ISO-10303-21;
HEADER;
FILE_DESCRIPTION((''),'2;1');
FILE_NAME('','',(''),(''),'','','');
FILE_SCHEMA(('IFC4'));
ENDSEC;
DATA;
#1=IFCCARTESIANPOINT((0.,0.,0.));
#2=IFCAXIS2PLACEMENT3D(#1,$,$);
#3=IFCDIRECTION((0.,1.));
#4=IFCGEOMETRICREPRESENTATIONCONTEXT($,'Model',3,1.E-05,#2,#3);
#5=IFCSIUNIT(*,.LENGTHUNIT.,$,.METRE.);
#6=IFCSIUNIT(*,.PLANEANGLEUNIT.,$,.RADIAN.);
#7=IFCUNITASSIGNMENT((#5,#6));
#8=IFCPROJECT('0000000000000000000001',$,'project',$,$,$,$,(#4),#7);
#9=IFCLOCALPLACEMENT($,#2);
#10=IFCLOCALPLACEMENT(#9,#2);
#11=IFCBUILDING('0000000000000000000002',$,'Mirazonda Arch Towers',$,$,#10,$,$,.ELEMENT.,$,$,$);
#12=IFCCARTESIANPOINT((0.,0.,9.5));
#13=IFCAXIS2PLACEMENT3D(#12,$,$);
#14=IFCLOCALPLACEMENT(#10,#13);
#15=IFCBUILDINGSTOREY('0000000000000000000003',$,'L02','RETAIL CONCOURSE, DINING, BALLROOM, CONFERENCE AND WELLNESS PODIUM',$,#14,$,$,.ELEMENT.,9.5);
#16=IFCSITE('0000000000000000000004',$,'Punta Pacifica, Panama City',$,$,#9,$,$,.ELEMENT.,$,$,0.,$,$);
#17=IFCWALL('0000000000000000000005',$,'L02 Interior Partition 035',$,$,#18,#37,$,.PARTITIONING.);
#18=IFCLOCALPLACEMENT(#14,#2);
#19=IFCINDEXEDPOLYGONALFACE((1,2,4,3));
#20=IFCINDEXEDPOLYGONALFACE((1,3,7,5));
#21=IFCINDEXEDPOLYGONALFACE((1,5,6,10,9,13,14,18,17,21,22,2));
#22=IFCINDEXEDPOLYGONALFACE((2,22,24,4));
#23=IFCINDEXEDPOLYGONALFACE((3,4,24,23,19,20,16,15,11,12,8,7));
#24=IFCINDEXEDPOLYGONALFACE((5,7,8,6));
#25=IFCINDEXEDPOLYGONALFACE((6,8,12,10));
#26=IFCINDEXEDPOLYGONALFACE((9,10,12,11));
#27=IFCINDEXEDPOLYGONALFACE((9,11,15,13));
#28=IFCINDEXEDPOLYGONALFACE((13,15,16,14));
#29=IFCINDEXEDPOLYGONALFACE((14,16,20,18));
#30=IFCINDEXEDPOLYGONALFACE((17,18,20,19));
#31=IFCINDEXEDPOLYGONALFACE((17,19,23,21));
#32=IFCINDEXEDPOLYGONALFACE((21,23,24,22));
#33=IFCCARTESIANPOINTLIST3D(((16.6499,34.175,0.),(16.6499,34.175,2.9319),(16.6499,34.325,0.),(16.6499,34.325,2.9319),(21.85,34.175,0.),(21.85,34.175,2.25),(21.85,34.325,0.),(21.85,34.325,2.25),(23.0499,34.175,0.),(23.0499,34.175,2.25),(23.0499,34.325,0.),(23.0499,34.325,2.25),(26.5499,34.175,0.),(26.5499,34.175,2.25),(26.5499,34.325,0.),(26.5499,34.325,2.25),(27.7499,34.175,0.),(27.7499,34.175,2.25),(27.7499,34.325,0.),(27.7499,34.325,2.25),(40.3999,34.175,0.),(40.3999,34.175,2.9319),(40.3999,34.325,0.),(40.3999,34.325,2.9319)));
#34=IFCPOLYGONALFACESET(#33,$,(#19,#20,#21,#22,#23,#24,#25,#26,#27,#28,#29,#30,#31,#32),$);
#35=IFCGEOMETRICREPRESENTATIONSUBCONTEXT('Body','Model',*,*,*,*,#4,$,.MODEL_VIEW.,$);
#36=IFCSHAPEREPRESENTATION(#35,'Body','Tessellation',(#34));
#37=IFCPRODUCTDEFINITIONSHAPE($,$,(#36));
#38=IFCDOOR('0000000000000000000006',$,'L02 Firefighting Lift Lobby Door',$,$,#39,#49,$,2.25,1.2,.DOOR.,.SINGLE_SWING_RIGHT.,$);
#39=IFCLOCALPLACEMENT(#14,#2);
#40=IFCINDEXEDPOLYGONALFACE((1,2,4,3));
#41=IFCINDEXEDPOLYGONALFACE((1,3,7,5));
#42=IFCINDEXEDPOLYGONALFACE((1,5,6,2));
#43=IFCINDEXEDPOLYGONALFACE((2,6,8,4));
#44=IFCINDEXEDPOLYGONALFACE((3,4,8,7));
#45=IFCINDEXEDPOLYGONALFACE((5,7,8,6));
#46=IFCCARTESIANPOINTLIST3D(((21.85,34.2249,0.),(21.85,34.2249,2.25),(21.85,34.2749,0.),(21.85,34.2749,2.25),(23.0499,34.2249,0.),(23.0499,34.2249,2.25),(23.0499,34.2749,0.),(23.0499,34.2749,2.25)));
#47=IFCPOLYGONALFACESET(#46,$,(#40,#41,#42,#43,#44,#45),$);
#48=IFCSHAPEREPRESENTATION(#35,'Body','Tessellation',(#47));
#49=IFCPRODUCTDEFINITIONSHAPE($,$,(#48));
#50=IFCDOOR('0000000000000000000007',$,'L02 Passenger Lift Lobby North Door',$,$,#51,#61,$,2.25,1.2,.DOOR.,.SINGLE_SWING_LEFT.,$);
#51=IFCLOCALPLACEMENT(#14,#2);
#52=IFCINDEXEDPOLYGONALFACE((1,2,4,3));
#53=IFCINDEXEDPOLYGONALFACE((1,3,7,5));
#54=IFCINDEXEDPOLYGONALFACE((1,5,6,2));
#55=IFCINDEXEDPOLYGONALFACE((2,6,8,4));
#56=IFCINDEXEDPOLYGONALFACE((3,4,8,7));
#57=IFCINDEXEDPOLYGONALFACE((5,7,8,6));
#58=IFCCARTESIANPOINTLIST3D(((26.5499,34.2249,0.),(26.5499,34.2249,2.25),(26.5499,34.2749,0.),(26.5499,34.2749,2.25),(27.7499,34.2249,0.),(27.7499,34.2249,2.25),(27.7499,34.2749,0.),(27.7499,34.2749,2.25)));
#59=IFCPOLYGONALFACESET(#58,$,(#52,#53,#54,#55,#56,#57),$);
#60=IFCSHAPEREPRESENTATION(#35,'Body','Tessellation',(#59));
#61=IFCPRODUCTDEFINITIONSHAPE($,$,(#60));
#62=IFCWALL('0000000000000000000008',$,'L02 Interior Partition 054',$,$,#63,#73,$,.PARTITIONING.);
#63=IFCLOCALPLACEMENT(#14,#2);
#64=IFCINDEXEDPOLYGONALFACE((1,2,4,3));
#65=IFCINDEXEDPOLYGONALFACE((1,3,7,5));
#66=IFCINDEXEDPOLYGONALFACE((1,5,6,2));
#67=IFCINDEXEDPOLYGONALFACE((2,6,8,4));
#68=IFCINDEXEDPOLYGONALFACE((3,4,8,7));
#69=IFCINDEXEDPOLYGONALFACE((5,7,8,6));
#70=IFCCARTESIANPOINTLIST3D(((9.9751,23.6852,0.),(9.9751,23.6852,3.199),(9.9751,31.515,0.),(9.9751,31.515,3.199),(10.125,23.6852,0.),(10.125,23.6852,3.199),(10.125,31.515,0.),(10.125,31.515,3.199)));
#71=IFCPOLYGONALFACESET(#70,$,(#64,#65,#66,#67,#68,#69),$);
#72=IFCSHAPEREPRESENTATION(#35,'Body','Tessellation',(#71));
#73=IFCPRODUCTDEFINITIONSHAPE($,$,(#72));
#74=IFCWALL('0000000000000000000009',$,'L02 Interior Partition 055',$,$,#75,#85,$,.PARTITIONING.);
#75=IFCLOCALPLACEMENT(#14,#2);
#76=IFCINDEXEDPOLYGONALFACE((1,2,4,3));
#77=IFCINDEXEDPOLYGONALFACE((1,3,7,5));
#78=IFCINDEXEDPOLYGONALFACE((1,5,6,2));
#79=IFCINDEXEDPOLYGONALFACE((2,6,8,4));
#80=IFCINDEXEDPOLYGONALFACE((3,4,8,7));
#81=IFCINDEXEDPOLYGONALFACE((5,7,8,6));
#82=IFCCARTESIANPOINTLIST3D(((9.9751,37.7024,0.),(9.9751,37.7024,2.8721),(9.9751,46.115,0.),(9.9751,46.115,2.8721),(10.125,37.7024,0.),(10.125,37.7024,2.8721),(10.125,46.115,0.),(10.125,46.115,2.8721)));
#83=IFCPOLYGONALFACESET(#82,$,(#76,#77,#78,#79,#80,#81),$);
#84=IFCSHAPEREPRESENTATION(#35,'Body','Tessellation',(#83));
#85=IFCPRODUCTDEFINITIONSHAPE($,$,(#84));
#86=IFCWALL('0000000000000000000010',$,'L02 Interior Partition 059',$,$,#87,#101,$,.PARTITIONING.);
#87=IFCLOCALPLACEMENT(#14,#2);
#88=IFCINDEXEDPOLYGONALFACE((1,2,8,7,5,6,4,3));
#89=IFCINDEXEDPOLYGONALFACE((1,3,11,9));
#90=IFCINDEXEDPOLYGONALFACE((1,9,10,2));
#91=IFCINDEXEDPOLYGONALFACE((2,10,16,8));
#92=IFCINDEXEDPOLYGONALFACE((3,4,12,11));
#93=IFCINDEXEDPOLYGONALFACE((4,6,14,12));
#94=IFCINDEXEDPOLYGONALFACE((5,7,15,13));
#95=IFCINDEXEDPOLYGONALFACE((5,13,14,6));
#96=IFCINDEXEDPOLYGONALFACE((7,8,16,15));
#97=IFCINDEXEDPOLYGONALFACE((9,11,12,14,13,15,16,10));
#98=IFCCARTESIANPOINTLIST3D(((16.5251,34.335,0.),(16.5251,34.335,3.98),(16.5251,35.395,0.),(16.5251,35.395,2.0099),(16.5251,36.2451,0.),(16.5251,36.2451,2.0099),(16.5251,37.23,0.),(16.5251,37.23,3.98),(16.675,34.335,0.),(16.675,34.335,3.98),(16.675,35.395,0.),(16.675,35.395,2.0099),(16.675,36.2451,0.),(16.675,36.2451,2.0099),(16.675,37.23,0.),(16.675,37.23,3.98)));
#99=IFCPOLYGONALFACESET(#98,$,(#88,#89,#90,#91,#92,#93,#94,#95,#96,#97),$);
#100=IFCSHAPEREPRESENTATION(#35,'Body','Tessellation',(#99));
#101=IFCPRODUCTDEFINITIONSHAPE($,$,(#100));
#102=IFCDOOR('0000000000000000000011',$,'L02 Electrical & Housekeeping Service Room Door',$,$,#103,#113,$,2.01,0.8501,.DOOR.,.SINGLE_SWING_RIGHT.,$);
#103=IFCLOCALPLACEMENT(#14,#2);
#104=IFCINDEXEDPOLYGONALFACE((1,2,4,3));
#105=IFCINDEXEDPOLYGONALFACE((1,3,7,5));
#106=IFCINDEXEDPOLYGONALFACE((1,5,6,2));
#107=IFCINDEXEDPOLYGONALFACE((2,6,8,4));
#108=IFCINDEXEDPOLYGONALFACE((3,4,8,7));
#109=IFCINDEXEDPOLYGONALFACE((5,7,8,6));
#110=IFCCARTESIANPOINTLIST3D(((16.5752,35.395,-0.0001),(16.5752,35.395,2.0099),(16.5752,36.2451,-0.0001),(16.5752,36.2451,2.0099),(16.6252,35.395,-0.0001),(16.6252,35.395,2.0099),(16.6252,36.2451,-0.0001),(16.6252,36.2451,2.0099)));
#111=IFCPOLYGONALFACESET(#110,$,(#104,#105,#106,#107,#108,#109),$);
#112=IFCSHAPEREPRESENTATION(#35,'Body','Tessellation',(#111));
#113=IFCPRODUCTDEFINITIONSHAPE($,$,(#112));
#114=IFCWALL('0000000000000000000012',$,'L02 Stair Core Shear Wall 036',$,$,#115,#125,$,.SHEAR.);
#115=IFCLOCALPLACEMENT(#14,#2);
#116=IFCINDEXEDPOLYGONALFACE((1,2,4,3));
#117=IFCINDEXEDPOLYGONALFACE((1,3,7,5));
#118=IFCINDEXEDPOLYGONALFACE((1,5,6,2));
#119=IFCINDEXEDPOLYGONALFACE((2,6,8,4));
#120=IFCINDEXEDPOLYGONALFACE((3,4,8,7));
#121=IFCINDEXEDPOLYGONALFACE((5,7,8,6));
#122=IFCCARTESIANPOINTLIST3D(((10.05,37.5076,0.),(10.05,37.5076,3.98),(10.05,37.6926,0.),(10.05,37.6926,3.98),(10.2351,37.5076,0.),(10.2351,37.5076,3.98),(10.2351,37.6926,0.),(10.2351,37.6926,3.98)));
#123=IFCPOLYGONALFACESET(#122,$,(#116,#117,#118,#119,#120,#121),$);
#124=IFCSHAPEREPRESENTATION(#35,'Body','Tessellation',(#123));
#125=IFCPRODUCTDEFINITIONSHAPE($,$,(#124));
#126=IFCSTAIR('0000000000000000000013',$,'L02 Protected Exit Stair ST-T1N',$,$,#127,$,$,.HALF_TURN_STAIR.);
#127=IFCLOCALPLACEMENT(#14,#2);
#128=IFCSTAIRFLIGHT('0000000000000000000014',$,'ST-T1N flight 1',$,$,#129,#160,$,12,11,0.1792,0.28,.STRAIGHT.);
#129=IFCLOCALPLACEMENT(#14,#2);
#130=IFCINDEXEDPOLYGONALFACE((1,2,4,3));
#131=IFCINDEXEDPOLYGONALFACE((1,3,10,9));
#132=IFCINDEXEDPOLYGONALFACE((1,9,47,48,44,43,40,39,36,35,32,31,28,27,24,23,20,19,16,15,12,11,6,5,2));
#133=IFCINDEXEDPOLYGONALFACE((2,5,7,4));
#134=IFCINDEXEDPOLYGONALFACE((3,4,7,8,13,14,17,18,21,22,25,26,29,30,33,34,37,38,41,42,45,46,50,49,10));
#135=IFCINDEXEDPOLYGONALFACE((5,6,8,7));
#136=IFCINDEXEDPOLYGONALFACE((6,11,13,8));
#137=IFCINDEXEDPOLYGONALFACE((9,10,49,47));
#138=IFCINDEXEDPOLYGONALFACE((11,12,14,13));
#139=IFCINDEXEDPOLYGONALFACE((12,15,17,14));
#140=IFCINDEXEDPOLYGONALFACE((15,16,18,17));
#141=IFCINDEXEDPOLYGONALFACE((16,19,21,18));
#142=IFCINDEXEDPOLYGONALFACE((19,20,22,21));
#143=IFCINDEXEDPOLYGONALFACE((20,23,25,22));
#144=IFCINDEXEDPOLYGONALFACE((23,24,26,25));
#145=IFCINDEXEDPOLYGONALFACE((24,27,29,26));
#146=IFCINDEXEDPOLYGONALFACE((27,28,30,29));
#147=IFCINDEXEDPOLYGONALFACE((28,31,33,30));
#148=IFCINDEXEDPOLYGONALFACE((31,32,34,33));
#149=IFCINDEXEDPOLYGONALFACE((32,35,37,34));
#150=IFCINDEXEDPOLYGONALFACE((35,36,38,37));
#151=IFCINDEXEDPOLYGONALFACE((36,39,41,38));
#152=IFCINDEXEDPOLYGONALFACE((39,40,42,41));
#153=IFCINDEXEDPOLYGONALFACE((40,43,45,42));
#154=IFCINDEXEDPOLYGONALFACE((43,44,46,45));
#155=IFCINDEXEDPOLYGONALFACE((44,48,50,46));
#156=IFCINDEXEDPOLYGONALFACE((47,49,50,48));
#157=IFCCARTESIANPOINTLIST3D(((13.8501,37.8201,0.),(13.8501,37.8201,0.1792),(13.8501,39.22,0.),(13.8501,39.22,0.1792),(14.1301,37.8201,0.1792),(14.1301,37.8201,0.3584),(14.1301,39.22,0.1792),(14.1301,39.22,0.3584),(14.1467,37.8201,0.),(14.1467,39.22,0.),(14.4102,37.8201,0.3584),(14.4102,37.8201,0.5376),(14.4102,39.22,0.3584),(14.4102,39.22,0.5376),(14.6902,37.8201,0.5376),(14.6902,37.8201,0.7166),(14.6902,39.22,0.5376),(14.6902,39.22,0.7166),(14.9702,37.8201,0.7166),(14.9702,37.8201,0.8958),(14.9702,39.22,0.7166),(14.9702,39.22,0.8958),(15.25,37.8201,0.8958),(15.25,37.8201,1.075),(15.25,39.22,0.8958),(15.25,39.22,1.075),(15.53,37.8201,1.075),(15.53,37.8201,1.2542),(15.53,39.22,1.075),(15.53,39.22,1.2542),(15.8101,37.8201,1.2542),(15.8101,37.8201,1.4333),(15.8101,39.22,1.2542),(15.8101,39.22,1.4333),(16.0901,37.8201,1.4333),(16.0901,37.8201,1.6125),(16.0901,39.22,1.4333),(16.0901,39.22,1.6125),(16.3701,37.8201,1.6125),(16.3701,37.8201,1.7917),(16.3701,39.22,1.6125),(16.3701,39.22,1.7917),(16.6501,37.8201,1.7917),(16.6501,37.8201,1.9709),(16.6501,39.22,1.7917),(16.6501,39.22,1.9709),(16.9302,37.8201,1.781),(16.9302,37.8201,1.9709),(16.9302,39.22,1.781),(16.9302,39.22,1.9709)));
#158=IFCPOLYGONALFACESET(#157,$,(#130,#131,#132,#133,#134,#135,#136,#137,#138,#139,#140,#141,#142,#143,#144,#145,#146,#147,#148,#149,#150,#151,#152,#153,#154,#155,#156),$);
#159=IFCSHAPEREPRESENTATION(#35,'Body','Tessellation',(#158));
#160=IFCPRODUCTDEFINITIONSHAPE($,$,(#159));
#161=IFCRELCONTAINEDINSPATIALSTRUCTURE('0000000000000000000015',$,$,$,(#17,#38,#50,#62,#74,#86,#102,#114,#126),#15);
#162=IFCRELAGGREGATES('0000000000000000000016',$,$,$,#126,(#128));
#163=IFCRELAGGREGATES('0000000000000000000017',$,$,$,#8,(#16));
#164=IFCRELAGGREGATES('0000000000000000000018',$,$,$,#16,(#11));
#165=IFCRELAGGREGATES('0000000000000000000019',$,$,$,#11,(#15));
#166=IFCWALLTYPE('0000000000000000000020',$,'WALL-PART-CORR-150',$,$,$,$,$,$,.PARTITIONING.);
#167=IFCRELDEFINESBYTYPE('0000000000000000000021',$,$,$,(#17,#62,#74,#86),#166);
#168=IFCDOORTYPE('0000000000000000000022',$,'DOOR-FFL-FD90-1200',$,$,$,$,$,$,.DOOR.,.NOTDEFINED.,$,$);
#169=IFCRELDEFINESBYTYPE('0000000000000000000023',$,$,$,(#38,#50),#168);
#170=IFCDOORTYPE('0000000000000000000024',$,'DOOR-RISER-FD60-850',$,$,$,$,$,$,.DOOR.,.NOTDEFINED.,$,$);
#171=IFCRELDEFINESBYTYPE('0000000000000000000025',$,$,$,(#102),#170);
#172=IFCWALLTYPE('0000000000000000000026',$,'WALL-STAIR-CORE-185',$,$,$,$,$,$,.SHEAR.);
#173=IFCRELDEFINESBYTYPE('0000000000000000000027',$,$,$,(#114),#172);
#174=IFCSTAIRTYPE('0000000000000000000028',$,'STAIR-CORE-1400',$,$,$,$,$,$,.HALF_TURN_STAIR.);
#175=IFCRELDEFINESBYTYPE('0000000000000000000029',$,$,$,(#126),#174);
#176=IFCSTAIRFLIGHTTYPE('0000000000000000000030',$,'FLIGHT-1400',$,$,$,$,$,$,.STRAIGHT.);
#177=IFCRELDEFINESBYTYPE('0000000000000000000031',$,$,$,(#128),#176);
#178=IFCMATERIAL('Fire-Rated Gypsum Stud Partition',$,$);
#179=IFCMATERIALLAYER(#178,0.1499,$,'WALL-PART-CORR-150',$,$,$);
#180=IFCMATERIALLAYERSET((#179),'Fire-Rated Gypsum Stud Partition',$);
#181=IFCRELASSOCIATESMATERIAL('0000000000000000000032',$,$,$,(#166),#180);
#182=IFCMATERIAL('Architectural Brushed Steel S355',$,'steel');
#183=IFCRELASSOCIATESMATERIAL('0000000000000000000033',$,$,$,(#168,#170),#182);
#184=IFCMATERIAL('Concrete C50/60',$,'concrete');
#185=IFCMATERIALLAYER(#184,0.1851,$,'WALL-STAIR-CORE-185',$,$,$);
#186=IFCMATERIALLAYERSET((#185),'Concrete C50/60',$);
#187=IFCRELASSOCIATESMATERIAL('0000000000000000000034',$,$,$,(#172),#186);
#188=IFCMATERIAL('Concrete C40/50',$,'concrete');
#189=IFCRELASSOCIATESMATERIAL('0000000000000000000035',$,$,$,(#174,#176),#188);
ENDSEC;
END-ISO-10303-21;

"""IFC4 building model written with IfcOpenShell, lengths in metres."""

from ifc_helpers import new_model, si_unit, direction, frame, frame_2d, origin, place, context, subcontext, project, spatial, polyline, rectangle, outline, extrude, material, layer, layer_set, type_object, element, fill, aggregate, save


model = new_model("IFC4")

# Units and contexts
model_context = context("Model", 3, precision=1e-05, world=origin(), true_north=direction((0.0, 1.0)))
body_context = subcontext(model_context, "Body", "Model", "MODEL_VIEW")
ifc_project = project(units=[si_unit("LENGTHUNIT", "METRE"), si_unit("PLANEANGLEUNIT", "RADIAN")], contexts=[model_context])

# Site, building, storey
site_placement = place(None, origin())
site = spatial("IfcSite", under=ifc_project, at=site_placement, Name="Punta Pacifica, Panama City", CompositionType="ELEMENT", RefElevation=0.0)
building_placement = place(site_placement, origin())
building = spatial("IfcBuilding", under=site, at=building_placement, Name="Mirazonda Arch Towers", CompositionType="ELEMENT")
storey_placement = place(building_placement, frame((0.0, 0.0, 9.5)))
storey = spatial("IfcBuildingStorey", under=building, at=storey_placement, Name="L02", Description="RETAIL CONCOURSE, DINING, BALLROOM, CONFERENCE AND WELLNESS PODIUM", CompositionType="ELEMENT", Elevation=9.5)

# Shared definitions
ifc_material_1 = material(Name="Architectural Brushed Steel S355", Category="steel")

# Shared definitions
ifc_material_2 = material(Name="Concrete C40/50", Category="concrete")
ifc_material_3 = material(Name="Fire-Rated Gypsum Stud Partition")
ifc_layer_1 = layer(ifc_material_3, 0.1499, Name="WALL-PART-CORR-150")
ifc_layer_set_1 = layer_set([ifc_layer_1], Name="Fire-Rated Gypsum Stud Partition")
wall_type_1 = type_object("IfcWallType", Name="WALL-PART-CORR-150", PredefinedType="PARTITIONING", material=ifc_layer_set_1)

# Wall, openings, doors
wall_1_placement = place(storey_placement, frame((16.6499, 34.25, 0.0), z_axis=(0.0, 0.0, 1.0), x_axis=(1.0, 0.0, 0.0)))
wall_1 = element("IfcWall", 1, at=wall_1_placement, inside=storey, type_object=wall_type_1, Name="L02 Interior Partition 035", PredefinedType="PARTITIONING", context=body_context, shape_type="SweptSolid", body=[
    extrude(rectangle(XDim=23.75, YDim=0.1499, at=frame_2d((11.875, 0.0))), origin(), (0.0, 0.0, 1.0), 2.9319),
])
opening_1_placement = place(wall_1_placement, frame((5.2, 0.0, 0.0)))
opening_1 = element("IfcOpeningElement", 2, at=opening_1_placement, cuts=wall_1, PredefinedType="OPENING", context=body_context, shape_type="SweptSolid", body=[
    extrude(rectangle(XDim=1.2, YDim=2.25, at=frame_2d((0.6001, 1.125))), frame((0.0, 0.085, 0.0), z_axis=(0.0, -1.0, 0.0), x_axis=(1.0, 0.0, 0.0)), (0.0, 0.0, 1.0), 0.1699),
])
opening_2_placement = place(wall_1_placement, frame((9.8999, 0.0, 0.0)))
opening_2 = element("IfcOpeningElement", 3, at=opening_2_placement, cuts=wall_1, PredefinedType="OPENING", context=body_context, shape_type="SweptSolid", body=[
    extrude(rectangle(XDim=1.2, YDim=2.25, at=frame_2d((0.6001, 1.125))), frame((0.0, 0.085, 0.0), z_axis=(0.0, -1.0, 0.0), x_axis=(1.0, 0.0, 0.0)), (0.0, 0.0, 1.0), 0.1699),
])
door_type_1 = type_object("IfcDoorType", Name="DOOR-FFL-FD90-1200", OperationType="NOTDEFINED", PredefinedType="DOOR", material=ifc_material_1)
door_1_placement = place(opening_1_placement, origin())
door_1 = element("IfcDoor", 4, at=door_1_placement, inside=storey, type_object=door_type_1, Name="L02 Firefighting Lift Lobby Door", OperationType="SINGLE_SWING_RIGHT", OverallHeight=2.25, OverallWidth=1.2, PredefinedType="DOOR", context=body_context, shape_type="SweptSolid", body=[
    extrude(rectangle(XDim=1.2, YDim=2.25, at=frame_2d((0.6001, 1.125))), frame((0.0, 0.0249, 0.0), z_axis=(0.0, -1.0, 0.0), x_axis=(1.0, 0.0, 0.0)), (0.0, 0.0, 1.0), 0.05),
])
fill(opening_1, door_1)
door_2_placement = place(opening_2_placement, origin())
door_2 = element("IfcDoor", 5, at=door_2_placement, inside=storey, type_object=door_type_1, Name="L02 Passenger Lift Lobby North Door", OperationType="SINGLE_SWING_LEFT", OverallHeight=2.25, OverallWidth=1.2, PredefinedType="DOOR", context=body_context, shape_type="SweptSolid", body=[
    extrude(rectangle(XDim=1.2, YDim=2.25, at=frame_2d((0.6001, 1.125))), frame((0.0, 0.0249, 0.0), z_axis=(0.0, -1.0, 0.0), x_axis=(1.0, 0.0, 0.0)), (0.0, 0.0, 1.0), 0.05),
])
fill(opening_2, door_2)

# Walls
wall_2_placement = place(storey_placement, frame((10.05, 23.6851, 0.0), z_axis=(0.0, 0.0, 1.0), x_axis=(0.0, 1.0, 0.0)))
element("IfcWall", 6, at=wall_2_placement, inside=storey, type_object=wall_type_1, Name="L02 Interior Partition 054", PredefinedType="PARTITIONING", context=body_context, shape_type="SweptSolid", body=[
    extrude(rectangle(XDim=7.8298, YDim=0.1499, at=frame_2d((3.915, 0.0))), origin(), (0.0, 0.0, 1.0), 3.199),
])
wall_3_placement = place(storey_placement, frame((10.05, 37.7024, 0.0), z_axis=(0.0, 0.0, 1.0), x_axis=(0.0, 1.0, 0.0)))
element("IfcWall", 7, at=wall_3_placement, inside=storey, type_object=wall_type_1, Name="L02 Interior Partition 055", PredefinedType="PARTITIONING", context=body_context, shape_type="SweptSolid", body=[
    extrude(rectangle(XDim=8.4126, YDim=0.1499, at=frame_2d((4.2063, 0.0))), origin(), (0.0, 0.0, 1.0), 2.8721),
])

# Wall, opening, door
wall_4_placement = place(storey_placement, frame((16.6001, 34.335, 0.0), z_axis=(0.0, 0.0, 1.0), x_axis=(0.0, 1.0, 0.0)))
wall_4 = element("IfcWall", 8, at=wall_4_placement, inside=storey, type_object=wall_type_1, Name="L02 Interior Partition 059", PredefinedType="PARTITIONING", context=body_context, shape_type="SweptSolid", body=[
    extrude(rectangle(XDim=2.895, YDim=0.1499, at=frame_2d((1.4475, 0.0))), origin(), (0.0, 0.0, 1.0), 3.98),
])
opening_3_placement = place(wall_4_placement, frame((1.0601, 0.0, 0.0)))
opening_3 = element("IfcOpeningElement", 9, at=opening_3_placement, cuts=wall_4, PredefinedType="OPENING", context=body_context, shape_type="SweptSolid", body=[
    extrude(rectangle(XDim=0.8501, YDim=2.01, at=frame_2d((0.425, 1.0049))), frame((0.0, 0.085, 0.0), z_axis=(0.0, -1.0, 0.0), x_axis=(1.0, 0.0, 0.0)), (0.0, 0.0, 1.0), 0.1699),
])
door_type_2 = type_object("IfcDoorType", Name="DOOR-RISER-FD60-850", OperationType="NOTDEFINED", PredefinedType="DOOR", material=ifc_material_1)
door_3_placement = place(opening_3_placement, origin())
door_3 = element("IfcDoor", 10, at=door_3_placement, inside=storey, type_object=door_type_2, Name="L02 Electrical & Housekeeping Service Room Door", OperationType="SINGLE_SWING_RIGHT", OverallHeight=2.01, OverallWidth=0.8501, PredefinedType="DOOR", context=body_context, shape_type="SweptSolid", body=[
    extrude(rectangle(XDim=0.8501, YDim=2.01, at=frame_2d((0.425, 1.0049))), frame((0.0, 0.0249, 0.0), z_axis=(0.0, -1.0, 0.0), x_axis=(1.0, 0.0, 0.0)), (0.0, 0.0, 1.0), 0.05),
])
fill(opening_3, door_3)

# Wall
ifc_material_4 = material(Name="Concrete C50/60", Category="concrete")
ifc_layer_2 = layer(ifc_material_4, 0.1851, Name="WALL-STAIR-CORE-185")
ifc_layer_set_2 = layer_set([ifc_layer_2], Name="Concrete C50/60")
wall_type_2 = type_object("IfcWallType", Name="WALL-STAIR-CORE-185", PredefinedType="SHEAR", material=ifc_layer_set_2)
wall_5_placement = place(storey_placement, frame((10.05, 37.6001, 0.0), z_axis=(0.0, 0.0, 1.0), x_axis=(1.0, 0.0, 0.0)))
element("IfcWall", 11, at=wall_5_placement, inside=storey, type_object=wall_type_2, Name="L02 Stair Core Shear Wall 036", PredefinedType="SHEAR", context=body_context, shape_type="SweptSolid", body=[
    extrude(rectangle(XDim=0.1851, YDim=0.1851, at=frame_2d((0.0925, 0.0))), origin(), (0.0, 0.0, 1.0), 3.98),
])

# Stair, stair flight
stair_type = type_object("IfcStairType", Name="STAIR-CORE-1400", PredefinedType="HALF_TURN_STAIR", material=ifc_material_2)
stair_placement = place(storey_placement, origin())
stair = element("IfcStair", 12, at=stair_placement, inside=storey, type_object=stair_type, Name="L02 Protected Exit Stair ST-T1N", PredefinedType="HALF_TURN_STAIR")
stair_flight_type = type_object("IfcStairFlightType", Name="FLIGHT-1400", PredefinedType="STRAIGHT", material=ifc_material_2)
stair_flight_placement = place(storey_placement, frame((13.8501, 38.52, 0.0), z_axis=(0.0, 0.0, 1.0), x_axis=(1.0, 0.0, 0.0)))
stair_flight = element("IfcStairFlight", 13, at=stair_flight_placement, type_object=stair_flight_type, Name="ST-T1N flight 1", NumberOfRisers=12, NumberOfTreads=11, PredefinedType="STRAIGHT", RiserHeight=0.1792, TreadLength=0.28, context=body_context, shape_type="SweptSolid", body=[
    extrude(outline(polyline([(0.0, 0.0), (0.0, 0.1792), (0.28, 0.1792), (0.28, 0.3584), (0.5601, 0.3584), (0.5601, 0.5376), (0.8401, 0.5376), (0.8401, 0.7166), (1.1201, 0.7166), (1.1201, 0.8958), (1.3999, 0.8958), (1.3999, 1.075), (1.6799, 1.075), (1.6799, 1.2542), (1.96, 1.2542), (1.96, 1.4333), (2.24, 1.4333), (2.24, 1.6125), (2.52, 1.6125), (2.52, 1.7917), (2.8, 1.7917), (2.8, 1.9709), (3.0801, 1.9709), (3.0801, 2.1499), (3.0801, 1.781), (0.2966, 0.0), (0.0, 0.0)])), frame((0.0, 0.7, 0.0), z_axis=(0.0, -1.0, 0.0), x_axis=(1.0, 0.0, 0.0)), (0.0, 0.0, 1.0), 1.3999),
])
aggregate(stair, [stair_flight])

save(model, "model.ifc")
